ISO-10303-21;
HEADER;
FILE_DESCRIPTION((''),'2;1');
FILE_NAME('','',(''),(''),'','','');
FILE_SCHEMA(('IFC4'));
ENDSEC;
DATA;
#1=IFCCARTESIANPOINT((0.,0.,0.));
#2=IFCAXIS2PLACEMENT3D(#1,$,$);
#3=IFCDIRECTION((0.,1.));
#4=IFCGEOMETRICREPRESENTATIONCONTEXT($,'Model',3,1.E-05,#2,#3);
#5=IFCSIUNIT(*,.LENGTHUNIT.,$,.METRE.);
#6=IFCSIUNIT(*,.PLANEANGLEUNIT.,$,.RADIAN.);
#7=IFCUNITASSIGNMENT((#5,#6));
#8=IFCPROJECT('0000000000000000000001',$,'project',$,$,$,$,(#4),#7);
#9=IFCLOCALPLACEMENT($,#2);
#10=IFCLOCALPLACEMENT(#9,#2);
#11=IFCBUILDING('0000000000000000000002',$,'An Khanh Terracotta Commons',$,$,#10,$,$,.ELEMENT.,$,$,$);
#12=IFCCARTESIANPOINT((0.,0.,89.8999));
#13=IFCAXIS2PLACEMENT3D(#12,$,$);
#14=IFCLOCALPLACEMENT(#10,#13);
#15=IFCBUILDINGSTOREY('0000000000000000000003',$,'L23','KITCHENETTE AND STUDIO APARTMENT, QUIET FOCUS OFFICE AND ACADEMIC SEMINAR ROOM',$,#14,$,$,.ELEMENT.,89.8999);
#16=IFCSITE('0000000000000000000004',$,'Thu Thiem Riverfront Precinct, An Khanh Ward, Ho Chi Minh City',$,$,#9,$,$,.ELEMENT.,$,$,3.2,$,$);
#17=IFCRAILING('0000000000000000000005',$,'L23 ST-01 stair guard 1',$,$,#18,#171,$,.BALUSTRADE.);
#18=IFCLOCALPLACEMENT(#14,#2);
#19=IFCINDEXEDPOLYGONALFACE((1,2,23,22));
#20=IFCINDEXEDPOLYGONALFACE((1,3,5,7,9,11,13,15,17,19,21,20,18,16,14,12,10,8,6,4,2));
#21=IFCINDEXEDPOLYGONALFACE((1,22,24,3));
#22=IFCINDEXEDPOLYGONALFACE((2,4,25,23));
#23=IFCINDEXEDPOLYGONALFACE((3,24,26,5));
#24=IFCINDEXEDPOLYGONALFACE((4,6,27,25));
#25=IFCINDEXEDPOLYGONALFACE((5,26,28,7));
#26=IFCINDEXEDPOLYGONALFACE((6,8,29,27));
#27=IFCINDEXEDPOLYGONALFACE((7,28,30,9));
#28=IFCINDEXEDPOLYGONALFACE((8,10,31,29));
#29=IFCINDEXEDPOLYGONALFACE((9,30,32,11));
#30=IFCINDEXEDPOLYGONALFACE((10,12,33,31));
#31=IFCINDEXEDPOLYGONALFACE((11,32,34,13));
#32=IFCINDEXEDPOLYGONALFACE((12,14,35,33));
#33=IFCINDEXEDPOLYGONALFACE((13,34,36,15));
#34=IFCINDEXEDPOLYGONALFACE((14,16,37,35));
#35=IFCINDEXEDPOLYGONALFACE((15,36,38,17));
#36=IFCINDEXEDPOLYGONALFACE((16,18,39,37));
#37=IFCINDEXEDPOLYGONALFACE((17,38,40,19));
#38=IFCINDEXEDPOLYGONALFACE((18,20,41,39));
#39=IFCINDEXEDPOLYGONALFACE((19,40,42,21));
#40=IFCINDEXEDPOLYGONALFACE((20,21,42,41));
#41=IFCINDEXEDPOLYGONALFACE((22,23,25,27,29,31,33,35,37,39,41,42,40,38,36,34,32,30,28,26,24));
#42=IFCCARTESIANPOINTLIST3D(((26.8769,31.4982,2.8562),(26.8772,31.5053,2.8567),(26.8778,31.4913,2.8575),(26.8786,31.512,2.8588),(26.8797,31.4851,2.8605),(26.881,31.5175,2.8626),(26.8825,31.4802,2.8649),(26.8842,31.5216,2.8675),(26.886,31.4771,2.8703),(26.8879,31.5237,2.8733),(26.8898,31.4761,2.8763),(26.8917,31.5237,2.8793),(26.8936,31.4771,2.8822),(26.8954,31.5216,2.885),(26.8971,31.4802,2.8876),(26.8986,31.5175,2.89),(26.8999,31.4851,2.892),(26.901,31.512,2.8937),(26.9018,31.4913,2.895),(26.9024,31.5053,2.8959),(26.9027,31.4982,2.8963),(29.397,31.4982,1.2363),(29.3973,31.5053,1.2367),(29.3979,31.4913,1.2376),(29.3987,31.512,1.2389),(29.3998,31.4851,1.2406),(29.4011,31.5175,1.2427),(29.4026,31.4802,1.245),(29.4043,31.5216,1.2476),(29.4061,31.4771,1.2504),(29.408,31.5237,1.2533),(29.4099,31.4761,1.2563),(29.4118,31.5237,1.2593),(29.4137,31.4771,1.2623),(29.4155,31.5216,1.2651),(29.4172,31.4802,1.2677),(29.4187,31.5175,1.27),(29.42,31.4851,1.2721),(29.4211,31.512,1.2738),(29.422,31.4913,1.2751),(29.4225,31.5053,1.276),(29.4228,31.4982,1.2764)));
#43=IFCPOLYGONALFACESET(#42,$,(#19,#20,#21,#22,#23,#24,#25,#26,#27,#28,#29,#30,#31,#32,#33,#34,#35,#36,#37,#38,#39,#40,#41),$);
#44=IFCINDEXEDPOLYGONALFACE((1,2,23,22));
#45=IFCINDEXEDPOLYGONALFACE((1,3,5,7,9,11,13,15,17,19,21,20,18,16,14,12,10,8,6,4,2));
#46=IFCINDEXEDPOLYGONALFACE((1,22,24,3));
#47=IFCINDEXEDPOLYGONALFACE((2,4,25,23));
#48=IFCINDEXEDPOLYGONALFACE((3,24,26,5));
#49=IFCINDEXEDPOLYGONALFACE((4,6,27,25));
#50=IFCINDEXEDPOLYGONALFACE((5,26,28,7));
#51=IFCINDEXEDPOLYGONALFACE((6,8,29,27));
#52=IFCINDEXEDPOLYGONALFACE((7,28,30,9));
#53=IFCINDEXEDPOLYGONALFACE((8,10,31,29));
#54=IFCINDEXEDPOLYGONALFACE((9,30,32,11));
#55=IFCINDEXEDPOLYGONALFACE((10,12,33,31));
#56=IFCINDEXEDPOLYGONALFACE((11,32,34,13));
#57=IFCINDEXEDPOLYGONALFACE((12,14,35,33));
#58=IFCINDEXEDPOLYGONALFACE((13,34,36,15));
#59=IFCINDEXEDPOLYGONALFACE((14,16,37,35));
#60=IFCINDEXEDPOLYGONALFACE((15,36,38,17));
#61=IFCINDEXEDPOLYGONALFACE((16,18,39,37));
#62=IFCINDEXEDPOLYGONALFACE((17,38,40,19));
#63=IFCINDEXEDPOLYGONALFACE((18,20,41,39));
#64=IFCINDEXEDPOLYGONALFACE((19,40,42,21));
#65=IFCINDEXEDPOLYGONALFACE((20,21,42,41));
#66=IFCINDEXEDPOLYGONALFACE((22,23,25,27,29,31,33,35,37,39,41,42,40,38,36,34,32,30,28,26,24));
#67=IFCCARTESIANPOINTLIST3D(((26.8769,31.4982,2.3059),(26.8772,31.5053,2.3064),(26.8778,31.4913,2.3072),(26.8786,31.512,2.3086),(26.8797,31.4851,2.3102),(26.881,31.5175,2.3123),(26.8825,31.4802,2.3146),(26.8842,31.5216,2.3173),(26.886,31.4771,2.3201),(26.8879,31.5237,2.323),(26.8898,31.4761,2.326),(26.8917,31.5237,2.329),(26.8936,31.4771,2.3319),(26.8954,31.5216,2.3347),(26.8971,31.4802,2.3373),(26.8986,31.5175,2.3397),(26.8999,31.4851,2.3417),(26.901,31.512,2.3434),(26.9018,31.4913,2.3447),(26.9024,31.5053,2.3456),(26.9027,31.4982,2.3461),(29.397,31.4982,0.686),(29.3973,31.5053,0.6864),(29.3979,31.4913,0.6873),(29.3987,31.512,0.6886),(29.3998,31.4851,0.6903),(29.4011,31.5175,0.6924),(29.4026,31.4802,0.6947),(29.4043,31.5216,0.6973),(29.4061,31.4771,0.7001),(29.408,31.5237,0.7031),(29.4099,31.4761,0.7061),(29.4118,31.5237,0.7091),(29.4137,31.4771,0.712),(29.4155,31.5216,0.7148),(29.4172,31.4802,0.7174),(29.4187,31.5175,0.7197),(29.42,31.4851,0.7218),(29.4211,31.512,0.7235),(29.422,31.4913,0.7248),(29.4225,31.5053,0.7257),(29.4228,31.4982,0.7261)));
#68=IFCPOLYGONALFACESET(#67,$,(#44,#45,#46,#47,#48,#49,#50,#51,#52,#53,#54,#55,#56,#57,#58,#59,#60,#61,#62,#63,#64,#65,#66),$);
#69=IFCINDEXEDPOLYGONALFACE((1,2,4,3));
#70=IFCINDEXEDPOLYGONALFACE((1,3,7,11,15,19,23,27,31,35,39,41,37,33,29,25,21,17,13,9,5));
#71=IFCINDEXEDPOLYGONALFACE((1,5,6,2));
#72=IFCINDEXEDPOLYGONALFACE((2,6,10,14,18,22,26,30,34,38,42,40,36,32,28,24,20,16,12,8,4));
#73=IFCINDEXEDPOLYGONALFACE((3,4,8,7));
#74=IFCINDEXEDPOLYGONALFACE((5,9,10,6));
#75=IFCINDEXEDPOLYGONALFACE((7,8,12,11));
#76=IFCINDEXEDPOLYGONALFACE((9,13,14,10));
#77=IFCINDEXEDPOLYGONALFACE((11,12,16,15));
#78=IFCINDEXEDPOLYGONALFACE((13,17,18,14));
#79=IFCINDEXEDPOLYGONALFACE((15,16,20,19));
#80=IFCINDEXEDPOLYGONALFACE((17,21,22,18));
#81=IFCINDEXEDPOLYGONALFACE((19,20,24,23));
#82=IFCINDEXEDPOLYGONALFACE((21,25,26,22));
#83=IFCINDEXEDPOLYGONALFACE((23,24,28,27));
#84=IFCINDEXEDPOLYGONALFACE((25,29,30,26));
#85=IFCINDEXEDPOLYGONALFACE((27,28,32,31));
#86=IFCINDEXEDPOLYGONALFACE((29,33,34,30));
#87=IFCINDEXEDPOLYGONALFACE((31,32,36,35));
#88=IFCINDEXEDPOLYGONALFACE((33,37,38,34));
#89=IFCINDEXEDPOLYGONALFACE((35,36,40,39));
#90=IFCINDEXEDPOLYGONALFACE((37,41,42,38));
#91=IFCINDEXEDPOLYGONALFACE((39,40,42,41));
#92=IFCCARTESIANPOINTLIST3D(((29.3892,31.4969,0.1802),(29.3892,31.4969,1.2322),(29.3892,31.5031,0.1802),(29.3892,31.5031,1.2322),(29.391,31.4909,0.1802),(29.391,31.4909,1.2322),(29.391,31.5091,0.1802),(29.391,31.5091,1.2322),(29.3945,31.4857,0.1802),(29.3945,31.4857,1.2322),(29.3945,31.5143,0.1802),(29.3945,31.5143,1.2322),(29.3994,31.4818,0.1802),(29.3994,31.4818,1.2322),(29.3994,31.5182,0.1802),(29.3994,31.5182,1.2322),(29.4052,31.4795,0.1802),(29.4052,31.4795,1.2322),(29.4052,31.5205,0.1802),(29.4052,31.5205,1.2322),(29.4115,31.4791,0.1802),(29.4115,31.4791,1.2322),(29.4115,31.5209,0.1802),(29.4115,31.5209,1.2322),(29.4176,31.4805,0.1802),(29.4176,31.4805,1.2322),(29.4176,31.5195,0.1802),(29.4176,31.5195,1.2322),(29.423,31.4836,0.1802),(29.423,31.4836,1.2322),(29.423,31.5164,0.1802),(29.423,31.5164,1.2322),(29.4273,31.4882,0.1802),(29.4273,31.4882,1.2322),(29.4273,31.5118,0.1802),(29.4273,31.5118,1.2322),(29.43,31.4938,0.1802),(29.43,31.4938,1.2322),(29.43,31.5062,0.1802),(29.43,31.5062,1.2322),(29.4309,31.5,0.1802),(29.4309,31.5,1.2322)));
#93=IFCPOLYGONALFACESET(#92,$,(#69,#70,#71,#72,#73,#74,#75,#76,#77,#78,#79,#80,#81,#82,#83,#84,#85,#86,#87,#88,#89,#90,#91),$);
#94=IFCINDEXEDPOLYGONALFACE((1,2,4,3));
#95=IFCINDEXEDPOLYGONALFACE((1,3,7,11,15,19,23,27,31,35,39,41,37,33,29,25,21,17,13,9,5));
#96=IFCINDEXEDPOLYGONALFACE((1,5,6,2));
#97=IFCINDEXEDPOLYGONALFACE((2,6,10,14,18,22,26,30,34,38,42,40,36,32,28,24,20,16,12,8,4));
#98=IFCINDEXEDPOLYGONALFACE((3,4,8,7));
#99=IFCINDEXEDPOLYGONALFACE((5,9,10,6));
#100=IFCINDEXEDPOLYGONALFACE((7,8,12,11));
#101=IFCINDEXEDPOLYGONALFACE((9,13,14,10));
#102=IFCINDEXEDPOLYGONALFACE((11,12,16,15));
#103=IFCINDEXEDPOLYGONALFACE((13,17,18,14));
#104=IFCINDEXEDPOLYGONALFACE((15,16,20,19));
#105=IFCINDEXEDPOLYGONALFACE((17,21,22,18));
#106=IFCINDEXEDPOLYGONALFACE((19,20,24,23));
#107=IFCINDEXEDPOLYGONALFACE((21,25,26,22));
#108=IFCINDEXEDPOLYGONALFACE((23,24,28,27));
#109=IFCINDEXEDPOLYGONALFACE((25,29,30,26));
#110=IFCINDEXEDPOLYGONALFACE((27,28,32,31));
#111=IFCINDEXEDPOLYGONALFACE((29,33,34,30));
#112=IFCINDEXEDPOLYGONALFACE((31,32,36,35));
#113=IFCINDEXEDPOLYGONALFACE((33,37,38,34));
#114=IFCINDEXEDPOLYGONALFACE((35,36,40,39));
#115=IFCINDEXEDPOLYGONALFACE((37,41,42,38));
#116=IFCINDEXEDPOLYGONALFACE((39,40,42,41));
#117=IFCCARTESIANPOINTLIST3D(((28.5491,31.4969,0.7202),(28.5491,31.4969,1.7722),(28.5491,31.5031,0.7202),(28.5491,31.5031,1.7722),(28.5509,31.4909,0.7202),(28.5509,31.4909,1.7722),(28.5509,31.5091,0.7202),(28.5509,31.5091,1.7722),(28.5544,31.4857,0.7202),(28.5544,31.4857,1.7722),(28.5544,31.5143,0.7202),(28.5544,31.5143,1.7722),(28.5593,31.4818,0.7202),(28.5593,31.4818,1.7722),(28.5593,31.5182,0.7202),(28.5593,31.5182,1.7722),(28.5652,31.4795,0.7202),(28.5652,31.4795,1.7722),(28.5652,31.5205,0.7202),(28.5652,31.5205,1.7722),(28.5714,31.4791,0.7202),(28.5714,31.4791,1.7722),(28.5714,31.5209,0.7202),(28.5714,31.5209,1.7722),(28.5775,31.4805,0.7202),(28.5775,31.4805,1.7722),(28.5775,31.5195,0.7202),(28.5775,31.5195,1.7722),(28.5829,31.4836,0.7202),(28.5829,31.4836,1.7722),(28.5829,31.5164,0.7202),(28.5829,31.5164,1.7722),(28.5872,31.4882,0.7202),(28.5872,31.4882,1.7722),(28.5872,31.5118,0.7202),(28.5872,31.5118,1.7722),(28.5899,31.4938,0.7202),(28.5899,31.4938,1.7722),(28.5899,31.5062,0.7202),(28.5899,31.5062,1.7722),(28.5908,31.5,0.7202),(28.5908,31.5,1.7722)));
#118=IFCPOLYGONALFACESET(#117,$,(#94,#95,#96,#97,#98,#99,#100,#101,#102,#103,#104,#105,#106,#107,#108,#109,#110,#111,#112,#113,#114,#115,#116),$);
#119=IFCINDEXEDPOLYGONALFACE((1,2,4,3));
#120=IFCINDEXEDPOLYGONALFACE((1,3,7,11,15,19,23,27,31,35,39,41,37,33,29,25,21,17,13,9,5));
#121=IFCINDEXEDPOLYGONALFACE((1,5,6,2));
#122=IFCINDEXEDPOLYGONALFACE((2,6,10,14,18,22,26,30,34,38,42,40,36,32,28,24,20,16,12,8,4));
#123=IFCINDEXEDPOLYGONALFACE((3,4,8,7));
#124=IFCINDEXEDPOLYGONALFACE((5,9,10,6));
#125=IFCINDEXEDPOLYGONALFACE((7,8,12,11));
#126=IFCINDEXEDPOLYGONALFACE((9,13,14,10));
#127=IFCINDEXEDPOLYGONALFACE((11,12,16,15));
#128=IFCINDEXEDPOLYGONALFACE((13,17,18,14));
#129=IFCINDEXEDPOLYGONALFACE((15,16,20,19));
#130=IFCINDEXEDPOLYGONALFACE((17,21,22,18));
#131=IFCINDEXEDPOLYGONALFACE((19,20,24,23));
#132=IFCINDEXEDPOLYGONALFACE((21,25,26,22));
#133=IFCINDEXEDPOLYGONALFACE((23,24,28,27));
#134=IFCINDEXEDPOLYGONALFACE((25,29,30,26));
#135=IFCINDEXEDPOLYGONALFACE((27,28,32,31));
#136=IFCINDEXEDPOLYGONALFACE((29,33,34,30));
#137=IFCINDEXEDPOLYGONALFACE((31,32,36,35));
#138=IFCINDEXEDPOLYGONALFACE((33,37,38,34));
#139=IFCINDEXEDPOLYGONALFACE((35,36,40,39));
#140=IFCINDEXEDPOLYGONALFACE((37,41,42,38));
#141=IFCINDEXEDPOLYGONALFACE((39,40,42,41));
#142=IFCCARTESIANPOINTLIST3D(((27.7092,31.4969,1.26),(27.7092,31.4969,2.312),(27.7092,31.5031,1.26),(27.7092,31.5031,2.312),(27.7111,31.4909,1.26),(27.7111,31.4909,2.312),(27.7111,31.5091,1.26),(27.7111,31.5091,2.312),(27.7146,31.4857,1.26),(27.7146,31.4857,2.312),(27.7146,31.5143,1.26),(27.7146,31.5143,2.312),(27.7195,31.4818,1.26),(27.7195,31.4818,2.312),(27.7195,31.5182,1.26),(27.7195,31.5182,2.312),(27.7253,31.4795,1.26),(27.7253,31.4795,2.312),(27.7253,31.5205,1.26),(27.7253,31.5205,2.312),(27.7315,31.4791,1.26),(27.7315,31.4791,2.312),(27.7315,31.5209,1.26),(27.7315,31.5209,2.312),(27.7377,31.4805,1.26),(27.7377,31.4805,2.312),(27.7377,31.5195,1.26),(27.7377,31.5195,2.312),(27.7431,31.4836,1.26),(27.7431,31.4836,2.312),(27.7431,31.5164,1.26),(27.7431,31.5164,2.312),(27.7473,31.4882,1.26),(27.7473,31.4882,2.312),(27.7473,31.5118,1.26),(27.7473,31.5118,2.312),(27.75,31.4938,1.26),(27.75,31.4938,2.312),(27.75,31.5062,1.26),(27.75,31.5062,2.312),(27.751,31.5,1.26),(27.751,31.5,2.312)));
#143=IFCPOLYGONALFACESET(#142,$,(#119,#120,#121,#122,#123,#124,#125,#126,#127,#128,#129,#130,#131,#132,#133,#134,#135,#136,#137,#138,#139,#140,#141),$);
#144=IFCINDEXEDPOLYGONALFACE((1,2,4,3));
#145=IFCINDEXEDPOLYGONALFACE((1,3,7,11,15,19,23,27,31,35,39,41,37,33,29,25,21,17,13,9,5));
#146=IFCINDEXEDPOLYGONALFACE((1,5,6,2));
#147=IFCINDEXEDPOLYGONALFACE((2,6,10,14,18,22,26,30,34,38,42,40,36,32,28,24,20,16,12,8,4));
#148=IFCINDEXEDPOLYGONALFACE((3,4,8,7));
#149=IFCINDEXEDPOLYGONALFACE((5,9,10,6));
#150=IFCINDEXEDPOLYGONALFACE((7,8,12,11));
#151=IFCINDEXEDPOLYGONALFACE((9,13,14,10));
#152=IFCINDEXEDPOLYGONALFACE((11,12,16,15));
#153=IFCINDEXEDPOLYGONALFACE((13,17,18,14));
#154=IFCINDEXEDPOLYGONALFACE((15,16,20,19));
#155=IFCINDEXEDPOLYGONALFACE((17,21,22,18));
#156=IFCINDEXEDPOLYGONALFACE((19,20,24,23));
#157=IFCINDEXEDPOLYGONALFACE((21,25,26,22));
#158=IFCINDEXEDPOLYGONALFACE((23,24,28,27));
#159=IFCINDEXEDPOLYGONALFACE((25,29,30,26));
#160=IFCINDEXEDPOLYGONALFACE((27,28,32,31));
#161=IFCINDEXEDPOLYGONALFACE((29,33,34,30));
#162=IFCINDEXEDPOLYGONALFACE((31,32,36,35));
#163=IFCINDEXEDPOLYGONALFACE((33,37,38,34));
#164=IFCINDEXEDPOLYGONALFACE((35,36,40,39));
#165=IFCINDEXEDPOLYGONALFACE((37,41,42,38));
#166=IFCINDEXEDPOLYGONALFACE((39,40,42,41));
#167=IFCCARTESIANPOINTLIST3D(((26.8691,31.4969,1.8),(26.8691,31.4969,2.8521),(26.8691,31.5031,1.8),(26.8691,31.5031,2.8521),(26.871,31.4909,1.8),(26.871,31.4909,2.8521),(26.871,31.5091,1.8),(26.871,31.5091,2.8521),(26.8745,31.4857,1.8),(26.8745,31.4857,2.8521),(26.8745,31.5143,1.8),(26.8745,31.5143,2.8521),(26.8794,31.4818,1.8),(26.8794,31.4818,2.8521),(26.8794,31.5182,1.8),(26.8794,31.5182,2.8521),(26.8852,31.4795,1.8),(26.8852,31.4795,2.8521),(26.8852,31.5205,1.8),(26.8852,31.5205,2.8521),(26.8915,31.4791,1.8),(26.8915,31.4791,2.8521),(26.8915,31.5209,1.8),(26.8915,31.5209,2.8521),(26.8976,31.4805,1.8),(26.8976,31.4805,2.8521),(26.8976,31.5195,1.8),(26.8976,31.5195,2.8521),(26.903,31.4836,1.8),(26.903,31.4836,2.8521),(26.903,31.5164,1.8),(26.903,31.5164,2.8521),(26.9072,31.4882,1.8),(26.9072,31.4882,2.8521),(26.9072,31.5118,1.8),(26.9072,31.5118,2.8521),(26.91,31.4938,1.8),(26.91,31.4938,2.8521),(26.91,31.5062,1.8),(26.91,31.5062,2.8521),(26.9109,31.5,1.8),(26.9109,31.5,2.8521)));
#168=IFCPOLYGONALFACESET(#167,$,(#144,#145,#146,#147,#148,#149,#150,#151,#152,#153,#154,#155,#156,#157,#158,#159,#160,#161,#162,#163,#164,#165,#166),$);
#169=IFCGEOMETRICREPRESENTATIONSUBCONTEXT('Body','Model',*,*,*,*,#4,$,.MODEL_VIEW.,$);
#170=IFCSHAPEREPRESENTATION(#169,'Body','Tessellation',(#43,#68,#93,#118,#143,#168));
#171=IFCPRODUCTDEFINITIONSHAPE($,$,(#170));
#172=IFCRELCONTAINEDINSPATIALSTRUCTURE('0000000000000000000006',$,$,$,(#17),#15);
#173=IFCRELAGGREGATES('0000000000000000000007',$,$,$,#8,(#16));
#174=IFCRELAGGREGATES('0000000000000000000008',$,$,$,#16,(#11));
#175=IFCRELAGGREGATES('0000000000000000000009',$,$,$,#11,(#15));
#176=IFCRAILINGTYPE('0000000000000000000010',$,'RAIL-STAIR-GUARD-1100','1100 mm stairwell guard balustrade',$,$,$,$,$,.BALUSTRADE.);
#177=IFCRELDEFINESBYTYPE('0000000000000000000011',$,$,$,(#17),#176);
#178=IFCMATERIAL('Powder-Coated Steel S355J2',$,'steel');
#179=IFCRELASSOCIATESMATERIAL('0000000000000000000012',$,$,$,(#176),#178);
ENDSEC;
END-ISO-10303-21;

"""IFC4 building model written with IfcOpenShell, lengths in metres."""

from ifc_helpers import new_model, si_unit, direction, frame, origin, origin_2d, place, context, subcontext, project, spatial, circle, extrude, material, type_object, element, save


model = new_model("IFC4")

# Units and contexts
model_context = context("Model", 3, precision=1e-05, world=origin(), true_north=direction((0.0, 1.0)))
body_context = subcontext(model_context, "Body", "Model", "MODEL_VIEW")
ifc_project = project(units=[si_unit("LENGTHUNIT", "METRE"), si_unit("PLANEANGLEUNIT", "RADIAN")], contexts=[model_context])

# Site, building, storey
site_placement = place(None, origin())
site = spatial("IfcSite", under=ifc_project, at=site_placement, Name="Thu Thiem Riverfront Precinct, An Khanh Ward, Ho Chi Minh City", CompositionType="ELEMENT", RefElevation=3.2)
building_placement = place(site_placement, origin())
building = spatial("IfcBuilding", under=site, at=building_placement, Name="An Khanh Terracotta Commons", CompositionType="ELEMENT")
storey_placement = place(building_placement, frame((0.0, 0.0, 89.8999)))
storey = spatial("IfcBuildingStorey", under=building, at=storey_placement, Name="L23", Description="KITCHENETTE AND STUDIO APARTMENT, QUIET FOCUS OFFICE AND ACADEMIC SEMINAR ROOM", CompositionType="ELEMENT", Elevation=89.8999)

# Railing
ifc_material_1 = material(Name="Powder-Coated Steel S355J2", Category="steel")
railing_type_1 = type_object("IfcRailingType", Name="RAIL-STAIR-GUARD-1100", Description="1100 mm stairwell guard balustrade", PredefinedType="BALUSTRADE", material=ifc_material_1)
railing_1_placement = place(storey_placement, frame((29.4099, 31.5, 0.1802)))
element("IfcRailing", 1, at=railing_1_placement, inside=storey, type_object=railing_type_1, Name="L23 ST-01 stair guard 1", PredefinedType="BALUSTRADE", context=body_context, shape_type="SweptSolid", body=[
    extrude(circle(Radius=0.0239, at=origin_2d()), frame((0.0, 0.0, 1.0762), z_axis=(-0.8412, 0.0, 0.540725), x_axis=(0.0, -1.0, 0.0)), (0.0, 0.0, 1.0), 2.9958),
    extrude(circle(Radius=0.0239, at=origin_2d()), frame((0.0, 0.0, 0.5259), z_axis=(-0.8412, 0.0, 0.540725), x_axis=(0.0, -1.0, 0.0)), (0.0, 0.0, 1.0), 2.9958),
    extrude(circle(Radius=0.021, at=origin_2d()), origin(), (0.0, 0.0, 1.0), 1.052),
    extrude(circle(Radius=0.021, at=origin_2d()), frame((-0.8401, 0.0, 0.54)), (0.0, 0.0, 1.0), 1.052),
    extrude(circle(Radius=0.021, at=origin_2d()), frame((-1.6799, 0.0, 1.0798)), (0.0, 0.0, 1.0), 1.052),
    extrude(circle(Radius=0.021, at=origin_2d()), frame((-2.52, 0.0, 1.6199)), (0.0, 0.0, 1.0), 1.052),
])

save(model, "model.ifc")
